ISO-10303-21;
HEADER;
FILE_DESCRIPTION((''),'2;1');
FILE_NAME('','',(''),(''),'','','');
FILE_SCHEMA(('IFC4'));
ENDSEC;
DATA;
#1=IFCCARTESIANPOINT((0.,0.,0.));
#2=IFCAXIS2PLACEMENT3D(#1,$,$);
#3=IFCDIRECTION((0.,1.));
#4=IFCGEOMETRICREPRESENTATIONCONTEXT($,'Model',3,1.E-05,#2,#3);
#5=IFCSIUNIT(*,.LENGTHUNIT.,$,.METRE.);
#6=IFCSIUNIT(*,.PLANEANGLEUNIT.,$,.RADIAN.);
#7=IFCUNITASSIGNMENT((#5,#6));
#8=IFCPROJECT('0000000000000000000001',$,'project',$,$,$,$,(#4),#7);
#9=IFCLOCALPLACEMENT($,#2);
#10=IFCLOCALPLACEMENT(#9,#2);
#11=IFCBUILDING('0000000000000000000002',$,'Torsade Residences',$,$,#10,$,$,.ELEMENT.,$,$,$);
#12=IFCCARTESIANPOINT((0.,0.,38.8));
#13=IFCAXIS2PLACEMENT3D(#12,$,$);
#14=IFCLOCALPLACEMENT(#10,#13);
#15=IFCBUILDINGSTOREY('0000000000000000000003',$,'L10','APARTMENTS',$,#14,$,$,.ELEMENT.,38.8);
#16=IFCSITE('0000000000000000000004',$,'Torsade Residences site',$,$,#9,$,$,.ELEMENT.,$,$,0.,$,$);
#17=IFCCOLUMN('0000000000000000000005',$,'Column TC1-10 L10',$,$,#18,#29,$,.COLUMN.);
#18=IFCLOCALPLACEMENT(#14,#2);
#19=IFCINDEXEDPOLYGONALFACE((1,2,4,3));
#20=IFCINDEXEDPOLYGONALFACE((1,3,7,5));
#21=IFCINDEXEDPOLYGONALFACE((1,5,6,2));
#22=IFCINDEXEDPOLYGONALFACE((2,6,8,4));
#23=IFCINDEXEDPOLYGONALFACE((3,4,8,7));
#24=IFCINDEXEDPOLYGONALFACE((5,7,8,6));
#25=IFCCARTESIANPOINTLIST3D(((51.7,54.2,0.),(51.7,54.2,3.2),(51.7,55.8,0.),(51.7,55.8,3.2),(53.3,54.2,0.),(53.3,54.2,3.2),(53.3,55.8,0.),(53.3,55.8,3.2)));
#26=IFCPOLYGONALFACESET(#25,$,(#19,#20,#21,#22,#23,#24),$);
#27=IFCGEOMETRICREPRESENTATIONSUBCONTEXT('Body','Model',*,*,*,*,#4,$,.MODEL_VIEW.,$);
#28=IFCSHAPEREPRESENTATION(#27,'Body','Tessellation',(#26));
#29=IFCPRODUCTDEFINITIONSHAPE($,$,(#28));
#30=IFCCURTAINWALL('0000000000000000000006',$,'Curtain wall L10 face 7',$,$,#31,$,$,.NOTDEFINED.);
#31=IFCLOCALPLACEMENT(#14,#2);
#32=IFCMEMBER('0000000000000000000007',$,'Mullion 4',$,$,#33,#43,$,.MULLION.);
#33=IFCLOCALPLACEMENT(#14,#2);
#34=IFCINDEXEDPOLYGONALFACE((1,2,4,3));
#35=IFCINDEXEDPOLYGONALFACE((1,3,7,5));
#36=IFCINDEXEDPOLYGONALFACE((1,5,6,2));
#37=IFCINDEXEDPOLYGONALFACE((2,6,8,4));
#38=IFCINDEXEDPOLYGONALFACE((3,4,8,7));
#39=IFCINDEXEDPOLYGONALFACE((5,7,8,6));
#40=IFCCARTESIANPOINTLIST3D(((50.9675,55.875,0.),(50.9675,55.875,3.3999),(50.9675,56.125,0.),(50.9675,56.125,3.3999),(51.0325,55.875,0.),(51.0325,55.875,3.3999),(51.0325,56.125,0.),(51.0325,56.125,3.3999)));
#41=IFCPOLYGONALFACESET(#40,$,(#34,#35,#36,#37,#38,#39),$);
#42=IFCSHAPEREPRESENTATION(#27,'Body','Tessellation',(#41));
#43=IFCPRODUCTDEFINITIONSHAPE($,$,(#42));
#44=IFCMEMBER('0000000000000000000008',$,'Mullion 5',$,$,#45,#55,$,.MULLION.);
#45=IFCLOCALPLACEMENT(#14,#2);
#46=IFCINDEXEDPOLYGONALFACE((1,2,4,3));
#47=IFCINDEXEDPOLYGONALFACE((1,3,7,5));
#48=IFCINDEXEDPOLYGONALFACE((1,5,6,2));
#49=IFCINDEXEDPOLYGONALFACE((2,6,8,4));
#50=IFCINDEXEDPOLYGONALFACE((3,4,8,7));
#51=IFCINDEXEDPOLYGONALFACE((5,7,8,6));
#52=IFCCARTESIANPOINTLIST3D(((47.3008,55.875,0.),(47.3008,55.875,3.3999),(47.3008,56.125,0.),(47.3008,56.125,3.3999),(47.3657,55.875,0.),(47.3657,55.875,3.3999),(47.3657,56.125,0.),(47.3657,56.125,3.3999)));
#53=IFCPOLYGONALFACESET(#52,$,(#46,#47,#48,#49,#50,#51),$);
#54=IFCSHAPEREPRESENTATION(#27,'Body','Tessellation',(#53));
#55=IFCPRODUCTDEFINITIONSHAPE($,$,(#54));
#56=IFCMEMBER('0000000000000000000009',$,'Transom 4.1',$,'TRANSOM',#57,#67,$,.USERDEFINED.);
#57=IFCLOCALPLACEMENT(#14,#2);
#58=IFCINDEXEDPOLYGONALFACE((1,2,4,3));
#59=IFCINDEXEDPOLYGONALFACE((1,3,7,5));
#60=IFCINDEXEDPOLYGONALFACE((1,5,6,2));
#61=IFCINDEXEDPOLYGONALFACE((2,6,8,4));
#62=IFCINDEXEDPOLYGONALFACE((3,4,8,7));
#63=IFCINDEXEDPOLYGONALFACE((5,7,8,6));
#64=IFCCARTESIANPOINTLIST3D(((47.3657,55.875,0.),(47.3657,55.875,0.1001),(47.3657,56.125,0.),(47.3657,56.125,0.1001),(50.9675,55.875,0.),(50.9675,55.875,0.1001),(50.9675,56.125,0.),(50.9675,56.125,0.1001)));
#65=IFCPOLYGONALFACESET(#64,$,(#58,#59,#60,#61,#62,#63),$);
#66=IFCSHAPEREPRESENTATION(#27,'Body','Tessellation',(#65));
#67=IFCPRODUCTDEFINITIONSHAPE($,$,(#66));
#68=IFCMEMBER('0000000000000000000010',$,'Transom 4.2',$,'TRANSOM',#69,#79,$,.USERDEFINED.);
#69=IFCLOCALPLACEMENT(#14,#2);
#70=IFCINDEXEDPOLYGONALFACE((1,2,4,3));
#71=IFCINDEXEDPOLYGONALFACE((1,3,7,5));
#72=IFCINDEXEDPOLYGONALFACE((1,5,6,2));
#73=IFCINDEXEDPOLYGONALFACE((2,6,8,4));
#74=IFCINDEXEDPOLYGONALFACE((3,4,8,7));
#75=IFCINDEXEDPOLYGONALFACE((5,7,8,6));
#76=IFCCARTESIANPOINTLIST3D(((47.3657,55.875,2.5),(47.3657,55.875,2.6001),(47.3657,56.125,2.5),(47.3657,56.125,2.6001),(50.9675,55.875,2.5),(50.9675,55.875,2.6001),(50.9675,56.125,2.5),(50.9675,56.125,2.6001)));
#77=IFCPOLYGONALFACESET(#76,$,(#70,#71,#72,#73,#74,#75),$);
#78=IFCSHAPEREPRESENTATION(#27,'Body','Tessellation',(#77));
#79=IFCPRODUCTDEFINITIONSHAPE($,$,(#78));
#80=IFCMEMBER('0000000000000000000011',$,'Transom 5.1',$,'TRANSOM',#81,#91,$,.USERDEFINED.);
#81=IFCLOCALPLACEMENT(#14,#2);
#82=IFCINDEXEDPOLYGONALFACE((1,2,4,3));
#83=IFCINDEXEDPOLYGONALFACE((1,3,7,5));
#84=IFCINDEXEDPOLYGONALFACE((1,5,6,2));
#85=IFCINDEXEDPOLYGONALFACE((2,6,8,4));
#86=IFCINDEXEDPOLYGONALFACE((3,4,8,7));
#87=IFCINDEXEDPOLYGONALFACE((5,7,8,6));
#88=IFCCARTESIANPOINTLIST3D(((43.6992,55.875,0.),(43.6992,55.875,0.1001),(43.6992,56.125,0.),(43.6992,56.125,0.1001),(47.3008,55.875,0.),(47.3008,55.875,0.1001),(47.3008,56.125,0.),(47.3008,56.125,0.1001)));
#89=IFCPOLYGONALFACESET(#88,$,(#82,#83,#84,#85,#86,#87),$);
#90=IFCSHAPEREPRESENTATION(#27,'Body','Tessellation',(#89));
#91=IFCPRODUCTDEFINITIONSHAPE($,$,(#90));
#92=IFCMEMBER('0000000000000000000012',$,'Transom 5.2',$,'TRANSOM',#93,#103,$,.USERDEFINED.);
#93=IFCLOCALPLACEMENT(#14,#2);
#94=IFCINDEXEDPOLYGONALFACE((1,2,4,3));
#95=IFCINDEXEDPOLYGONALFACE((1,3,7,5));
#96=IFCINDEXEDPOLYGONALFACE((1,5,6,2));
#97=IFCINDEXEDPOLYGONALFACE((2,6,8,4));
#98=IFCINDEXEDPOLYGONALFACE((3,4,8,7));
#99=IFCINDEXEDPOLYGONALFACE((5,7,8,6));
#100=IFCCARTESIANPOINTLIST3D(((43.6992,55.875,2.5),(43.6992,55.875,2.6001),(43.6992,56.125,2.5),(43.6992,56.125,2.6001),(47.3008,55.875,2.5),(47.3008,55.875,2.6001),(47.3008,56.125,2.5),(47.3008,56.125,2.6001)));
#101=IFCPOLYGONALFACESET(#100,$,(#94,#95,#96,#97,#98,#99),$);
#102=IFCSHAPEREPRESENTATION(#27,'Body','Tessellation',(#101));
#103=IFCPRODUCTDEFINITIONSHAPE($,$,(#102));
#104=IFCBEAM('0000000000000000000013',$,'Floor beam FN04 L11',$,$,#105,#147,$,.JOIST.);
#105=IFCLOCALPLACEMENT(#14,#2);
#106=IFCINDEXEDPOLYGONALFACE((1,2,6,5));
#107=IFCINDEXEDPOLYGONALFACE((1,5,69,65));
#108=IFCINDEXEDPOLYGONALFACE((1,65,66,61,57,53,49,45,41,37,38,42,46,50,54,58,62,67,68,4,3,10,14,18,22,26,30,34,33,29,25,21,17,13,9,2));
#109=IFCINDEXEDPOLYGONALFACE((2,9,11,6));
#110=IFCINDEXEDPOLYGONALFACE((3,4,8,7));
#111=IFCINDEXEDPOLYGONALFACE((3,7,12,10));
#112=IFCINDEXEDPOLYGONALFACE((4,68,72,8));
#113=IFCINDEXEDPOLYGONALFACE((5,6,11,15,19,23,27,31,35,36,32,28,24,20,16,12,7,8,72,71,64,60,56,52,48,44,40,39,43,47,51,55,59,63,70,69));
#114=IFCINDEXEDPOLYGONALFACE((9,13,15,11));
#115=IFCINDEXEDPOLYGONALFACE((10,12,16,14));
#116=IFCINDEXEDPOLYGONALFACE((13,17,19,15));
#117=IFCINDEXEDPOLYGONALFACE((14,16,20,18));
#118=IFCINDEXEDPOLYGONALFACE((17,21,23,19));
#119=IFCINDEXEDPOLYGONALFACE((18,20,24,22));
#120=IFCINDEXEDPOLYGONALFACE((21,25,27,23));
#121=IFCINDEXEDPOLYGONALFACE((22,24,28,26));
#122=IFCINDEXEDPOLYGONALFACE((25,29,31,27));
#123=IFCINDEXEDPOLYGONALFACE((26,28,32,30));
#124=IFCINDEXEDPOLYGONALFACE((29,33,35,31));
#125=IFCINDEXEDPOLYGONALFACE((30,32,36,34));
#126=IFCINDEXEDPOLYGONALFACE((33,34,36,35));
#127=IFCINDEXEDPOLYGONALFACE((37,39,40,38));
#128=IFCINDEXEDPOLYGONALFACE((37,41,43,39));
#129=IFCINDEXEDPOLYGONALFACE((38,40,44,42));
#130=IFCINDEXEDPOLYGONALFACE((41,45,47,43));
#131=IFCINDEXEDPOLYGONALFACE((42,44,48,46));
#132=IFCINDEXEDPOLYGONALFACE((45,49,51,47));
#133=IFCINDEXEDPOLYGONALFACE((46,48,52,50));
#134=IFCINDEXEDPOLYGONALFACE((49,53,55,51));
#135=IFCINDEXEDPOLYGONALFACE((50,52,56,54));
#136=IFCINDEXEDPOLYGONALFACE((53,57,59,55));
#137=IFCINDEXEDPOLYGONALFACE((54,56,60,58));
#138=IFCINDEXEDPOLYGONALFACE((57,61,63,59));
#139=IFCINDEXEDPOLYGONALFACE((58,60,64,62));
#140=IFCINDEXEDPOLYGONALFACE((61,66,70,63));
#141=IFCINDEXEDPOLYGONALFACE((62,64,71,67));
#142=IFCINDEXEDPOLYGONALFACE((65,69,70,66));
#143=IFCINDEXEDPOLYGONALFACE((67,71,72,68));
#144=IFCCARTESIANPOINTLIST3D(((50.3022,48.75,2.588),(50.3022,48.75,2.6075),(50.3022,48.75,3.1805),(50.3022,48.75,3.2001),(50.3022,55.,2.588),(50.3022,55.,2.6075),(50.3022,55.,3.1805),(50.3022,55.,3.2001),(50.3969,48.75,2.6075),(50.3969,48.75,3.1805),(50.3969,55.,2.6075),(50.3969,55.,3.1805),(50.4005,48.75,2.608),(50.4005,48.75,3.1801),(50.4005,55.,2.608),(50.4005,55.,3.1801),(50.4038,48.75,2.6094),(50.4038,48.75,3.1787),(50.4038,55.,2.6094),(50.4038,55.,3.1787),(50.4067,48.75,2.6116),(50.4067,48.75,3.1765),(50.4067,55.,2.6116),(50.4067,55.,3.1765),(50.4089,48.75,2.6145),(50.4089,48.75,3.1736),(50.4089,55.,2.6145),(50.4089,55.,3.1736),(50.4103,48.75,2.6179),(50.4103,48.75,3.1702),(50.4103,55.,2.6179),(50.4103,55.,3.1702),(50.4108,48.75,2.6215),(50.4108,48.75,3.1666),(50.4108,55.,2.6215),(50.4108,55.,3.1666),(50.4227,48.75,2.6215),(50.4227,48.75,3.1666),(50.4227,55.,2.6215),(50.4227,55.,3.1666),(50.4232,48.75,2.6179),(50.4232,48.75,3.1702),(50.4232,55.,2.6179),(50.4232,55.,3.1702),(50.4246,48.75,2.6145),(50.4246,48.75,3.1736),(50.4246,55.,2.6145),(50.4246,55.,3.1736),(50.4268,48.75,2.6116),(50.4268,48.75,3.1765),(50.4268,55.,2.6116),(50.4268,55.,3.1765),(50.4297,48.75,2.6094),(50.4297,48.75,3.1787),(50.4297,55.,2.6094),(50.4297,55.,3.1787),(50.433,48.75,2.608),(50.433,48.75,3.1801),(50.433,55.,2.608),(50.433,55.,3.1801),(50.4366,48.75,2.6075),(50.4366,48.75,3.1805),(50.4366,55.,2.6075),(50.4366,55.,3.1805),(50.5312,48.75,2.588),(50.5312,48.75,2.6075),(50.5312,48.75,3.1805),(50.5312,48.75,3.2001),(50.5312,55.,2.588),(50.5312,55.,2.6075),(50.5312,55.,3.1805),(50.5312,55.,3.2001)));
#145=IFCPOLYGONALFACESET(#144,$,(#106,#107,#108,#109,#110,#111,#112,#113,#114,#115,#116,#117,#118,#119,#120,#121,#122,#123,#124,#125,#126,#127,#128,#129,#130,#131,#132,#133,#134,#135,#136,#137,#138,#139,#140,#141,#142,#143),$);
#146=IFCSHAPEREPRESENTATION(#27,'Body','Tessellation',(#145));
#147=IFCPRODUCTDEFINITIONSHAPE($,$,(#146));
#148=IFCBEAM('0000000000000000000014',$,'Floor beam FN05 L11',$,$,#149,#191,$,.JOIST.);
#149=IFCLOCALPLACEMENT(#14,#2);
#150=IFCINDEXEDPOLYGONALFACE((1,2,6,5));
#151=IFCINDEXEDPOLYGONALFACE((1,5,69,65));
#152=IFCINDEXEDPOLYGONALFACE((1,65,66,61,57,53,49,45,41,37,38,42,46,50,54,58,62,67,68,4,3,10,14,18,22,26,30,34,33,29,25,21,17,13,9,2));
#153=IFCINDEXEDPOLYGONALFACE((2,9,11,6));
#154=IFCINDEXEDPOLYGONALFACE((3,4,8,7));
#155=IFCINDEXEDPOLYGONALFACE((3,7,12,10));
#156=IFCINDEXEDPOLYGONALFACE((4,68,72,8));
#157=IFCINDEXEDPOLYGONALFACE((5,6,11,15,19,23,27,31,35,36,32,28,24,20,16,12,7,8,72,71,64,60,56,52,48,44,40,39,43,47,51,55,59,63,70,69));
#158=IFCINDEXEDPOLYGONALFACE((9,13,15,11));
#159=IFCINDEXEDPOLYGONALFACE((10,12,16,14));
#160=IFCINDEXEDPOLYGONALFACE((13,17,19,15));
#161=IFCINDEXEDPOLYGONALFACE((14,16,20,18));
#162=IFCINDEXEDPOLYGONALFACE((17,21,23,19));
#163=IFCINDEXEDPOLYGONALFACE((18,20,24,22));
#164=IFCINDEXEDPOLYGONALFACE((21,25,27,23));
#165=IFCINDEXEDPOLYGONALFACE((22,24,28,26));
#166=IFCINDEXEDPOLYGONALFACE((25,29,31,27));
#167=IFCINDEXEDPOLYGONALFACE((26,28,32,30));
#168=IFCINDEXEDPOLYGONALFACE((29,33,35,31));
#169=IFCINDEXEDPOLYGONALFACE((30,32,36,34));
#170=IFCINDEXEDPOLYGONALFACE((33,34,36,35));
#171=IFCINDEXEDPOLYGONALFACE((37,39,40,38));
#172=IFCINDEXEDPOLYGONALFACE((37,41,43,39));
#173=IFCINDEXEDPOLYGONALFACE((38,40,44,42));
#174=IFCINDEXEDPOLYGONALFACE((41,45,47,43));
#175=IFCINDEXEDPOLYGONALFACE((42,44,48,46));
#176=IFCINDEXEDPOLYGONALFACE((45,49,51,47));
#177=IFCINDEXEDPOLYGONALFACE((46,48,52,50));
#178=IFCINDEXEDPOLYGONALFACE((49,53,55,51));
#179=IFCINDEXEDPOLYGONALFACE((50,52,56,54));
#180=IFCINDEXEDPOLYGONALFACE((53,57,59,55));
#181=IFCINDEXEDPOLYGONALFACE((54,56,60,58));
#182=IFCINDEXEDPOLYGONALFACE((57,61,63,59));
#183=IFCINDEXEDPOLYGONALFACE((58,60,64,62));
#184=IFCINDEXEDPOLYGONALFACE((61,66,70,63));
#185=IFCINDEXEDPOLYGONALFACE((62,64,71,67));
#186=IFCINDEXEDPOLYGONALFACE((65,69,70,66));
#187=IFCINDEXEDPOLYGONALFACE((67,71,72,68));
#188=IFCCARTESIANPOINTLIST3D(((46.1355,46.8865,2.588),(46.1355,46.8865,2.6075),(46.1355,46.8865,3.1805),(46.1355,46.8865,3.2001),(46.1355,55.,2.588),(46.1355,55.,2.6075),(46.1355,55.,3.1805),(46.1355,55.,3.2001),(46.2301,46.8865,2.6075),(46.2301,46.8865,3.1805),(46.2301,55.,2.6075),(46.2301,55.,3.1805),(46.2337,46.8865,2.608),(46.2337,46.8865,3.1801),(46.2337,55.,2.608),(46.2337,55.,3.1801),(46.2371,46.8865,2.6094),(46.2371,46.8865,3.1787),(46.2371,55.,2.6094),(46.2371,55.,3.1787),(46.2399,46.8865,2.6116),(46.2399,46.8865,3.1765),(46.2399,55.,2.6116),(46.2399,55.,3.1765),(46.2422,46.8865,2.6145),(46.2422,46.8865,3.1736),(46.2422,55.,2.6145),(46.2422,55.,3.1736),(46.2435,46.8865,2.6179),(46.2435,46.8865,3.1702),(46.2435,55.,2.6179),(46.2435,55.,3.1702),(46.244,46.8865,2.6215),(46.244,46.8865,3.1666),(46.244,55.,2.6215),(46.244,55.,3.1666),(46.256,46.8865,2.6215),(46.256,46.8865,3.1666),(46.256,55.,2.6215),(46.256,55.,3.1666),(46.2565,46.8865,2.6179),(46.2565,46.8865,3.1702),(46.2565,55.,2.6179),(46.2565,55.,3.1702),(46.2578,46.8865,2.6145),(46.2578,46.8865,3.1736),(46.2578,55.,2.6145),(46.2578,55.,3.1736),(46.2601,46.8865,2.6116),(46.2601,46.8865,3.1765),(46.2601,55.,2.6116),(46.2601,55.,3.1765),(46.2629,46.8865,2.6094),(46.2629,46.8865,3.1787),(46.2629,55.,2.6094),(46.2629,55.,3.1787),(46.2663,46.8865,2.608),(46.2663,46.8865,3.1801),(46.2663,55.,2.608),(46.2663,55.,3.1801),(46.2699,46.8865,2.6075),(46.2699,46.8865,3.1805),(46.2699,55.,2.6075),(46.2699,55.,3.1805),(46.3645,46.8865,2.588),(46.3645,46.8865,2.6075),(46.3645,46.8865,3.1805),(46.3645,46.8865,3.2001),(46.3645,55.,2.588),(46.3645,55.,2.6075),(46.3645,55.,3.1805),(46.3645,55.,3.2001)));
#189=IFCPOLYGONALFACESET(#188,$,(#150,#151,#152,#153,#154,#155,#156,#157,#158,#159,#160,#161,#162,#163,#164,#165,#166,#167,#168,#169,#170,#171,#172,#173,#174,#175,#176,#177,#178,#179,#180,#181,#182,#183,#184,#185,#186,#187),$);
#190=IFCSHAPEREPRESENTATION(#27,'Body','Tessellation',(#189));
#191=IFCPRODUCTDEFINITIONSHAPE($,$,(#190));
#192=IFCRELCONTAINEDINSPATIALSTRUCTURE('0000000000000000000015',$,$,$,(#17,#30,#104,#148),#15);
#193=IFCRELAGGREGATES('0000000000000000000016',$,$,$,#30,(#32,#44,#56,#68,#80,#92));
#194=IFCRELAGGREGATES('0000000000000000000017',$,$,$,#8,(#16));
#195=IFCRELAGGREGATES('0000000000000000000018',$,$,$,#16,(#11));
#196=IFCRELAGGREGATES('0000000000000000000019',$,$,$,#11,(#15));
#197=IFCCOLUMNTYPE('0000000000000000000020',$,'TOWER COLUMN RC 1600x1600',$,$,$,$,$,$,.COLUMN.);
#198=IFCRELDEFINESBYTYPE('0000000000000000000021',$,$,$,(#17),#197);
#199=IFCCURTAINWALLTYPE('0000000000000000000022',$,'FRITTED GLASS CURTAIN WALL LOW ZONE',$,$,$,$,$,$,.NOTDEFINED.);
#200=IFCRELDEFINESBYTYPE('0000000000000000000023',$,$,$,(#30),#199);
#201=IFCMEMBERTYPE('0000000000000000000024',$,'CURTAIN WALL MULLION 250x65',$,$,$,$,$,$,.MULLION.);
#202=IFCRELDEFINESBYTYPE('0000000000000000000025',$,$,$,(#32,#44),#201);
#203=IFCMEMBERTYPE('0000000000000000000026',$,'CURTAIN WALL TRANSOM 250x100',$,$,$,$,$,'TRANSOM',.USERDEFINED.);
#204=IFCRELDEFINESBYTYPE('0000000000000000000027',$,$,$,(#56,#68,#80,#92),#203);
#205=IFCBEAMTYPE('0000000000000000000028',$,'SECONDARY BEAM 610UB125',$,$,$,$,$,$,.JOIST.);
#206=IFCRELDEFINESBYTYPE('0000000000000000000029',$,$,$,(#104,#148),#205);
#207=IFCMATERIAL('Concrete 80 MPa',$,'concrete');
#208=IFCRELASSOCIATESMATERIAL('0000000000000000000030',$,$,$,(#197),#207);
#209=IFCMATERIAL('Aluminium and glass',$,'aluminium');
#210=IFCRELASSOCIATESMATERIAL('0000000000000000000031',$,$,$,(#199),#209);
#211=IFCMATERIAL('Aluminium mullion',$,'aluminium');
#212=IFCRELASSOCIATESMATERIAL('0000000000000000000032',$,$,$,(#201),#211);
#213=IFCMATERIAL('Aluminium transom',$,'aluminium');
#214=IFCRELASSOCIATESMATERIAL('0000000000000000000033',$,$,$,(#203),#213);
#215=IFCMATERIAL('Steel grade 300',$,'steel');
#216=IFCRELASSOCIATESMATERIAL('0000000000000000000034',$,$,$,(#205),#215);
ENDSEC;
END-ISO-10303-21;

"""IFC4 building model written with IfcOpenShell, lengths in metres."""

from ifc_helpers import new_model, si_unit, direction, frame, origin, origin_2d, place, context, subcontext, project, spatial, rectangle, i_section, extrude, material, material_profile, profile_set, type_object, element, aggregate, save


model = new_model("IFC4")

# Units and contexts
model_context = context("Model", 3, precision=1e-05, world=origin(), true_north=direction((0.0, 1.0)))
body_context = subcontext(model_context, "Body", "Model", "MODEL_VIEW")
ifc_project = project(units=[si_unit("LENGTHUNIT", "METRE"), si_unit("PLANEANGLEUNIT", "RADIAN")], contexts=[model_context])

# Site, building, storey
site_placement = place(None, origin())
site = spatial("IfcSite", under=ifc_project, at=site_placement, Name="Torsade Residences site", CompositionType="ELEMENT", RefElevation=0.0)
building_placement = place(site_placement, origin())
building = spatial("IfcBuilding", under=site, at=building_placement, Name="Torsade Residences", CompositionType="ELEMENT")
storey_placement = place(building_placement, frame((0.0, 0.0, 38.8)))
storey = spatial("IfcBuildingStorey", under=building, at=storey_placement, Name="L10", Description="APARTMENTS", CompositionType="ELEMENT", Elevation=38.8)

# Column
ifc_material_1 = material(Name="Concrete 80 MPa", Category="concrete")
ifc_material_profile_1 = material_profile(ifc_material_1, rectangle(XDim=1.6001, YDim=1.6001, at=origin_2d()), Name="RC 1600x1600")
ifc_profile_set_1 = profile_set([ifc_material_profile_1], Name="Concrete 80 MPa")
column_type = type_object("IfcColumnType", Name="TOWER COLUMN RC 1600x1600", PredefinedType="COLUMN", material=ifc_profile_set_1)
column_placement = place(storey_placement, frame((52.5, 55.0, 0.0), z_axis=(0.0, 0.0, 1.0), x_axis=(1.0, 0.0, 0.0)))
element("IfcColumn", 1, at=column_placement, inside=storey, type_object=column_type, Name="Column TC1-10 L10", PredefinedType="COLUMN", context=body_context, shape_type="SweptSolid", body=[
    extrude(rectangle(XDim=1.6001, YDim=1.6001, at=origin_2d()), origin(), (0.0, 0.0, 1.0), 3.2),
])

# Curtain wall, members
ifc_material_2 = material(Name="Aluminium and glass", Category="aluminium")
curtain_wall_type = type_object("IfcCurtainWallType", Name="FRITTED GLASS CURTAIN WALL LOW ZONE", PredefinedType="NOTDEFINED", material=ifc_material_2)
curtain_wall_placement = place(storey_placement, origin())
curtain_wall = element("IfcCurtainWall", 2, at=curtain_wall_placement, inside=storey, type_object=curtain_wall_type, Name="Curtain wall L10 face 7", PredefinedType="NOTDEFINED")
ifc_material_3 = material(Name="Aluminium mullion", Category="aluminium")
ifc_material_profile_2 = material_profile(ifc_material_3, rectangle(XDim=0.25, YDim=0.0649, at=origin_2d()), Name="CURTAIN WALL MULLION 250x65")
ifc_profile_set_2 = profile_set([ifc_material_profile_2], Name="Aluminium mullion")
member_type_1 = type_object("IfcMemberType", Name="CURTAIN WALL MULLION 250x65", PredefinedType="MULLION", material=ifc_profile_set_2)
member_1_placement = place(storey_placement, frame((51.0, 56.0, 0.0), z_axis=(0.0, 0.0, 1.0), x_axis=(0.0, -1.0, 0.0)))
member_1 = element("IfcMember", 3, at=member_1_placement, type_object=member_type_1, Name="Mullion 4", PredefinedType="MULLION", context=body_context, shape_type="SweptSolid", body=[
    extrude(rectangle(XDim=0.25, YDim=0.0649, at=origin_2d()), origin(), (0.0, 0.0, 1.0), 3.3999),
])
member_2_placement = place(storey_placement, frame((47.3333, 56.0, 0.0), z_axis=(0.0, 0.0, 1.0), x_axis=(0.0, -1.0, 0.0)))
member_2 = element("IfcMember", 4, at=member_2_placement, type_object=member_type_1, Name="Mullion 5", PredefinedType="MULLION", context=body_context, shape_type="SweptSolid", body=[
    extrude(rectangle(XDim=0.25, YDim=0.0649, at=origin_2d()), origin(), (0.0, 0.0, 1.0), 3.3999),
])
ifc_material_4 = material(Name="Aluminium transom", Category="aluminium")
ifc_material_profile_3 = material_profile(ifc_material_4, rectangle(XDim=0.25, YDim=0.1001, at=origin_2d()), Name="CURTAIN WALL TRANSOM 250x100")
ifc_profile_set_3 = profile_set([ifc_material_profile_3], Name="Aluminium transom")
member_type_2 = type_object("IfcMemberType", Name="CURTAIN WALL TRANSOM 250x100", ElementType="TRANSOM", PredefinedType="USERDEFINED", material=ifc_profile_set_3)
member_3_placement = place(storey_placement, frame((50.9675, 56.0, 0.05), z_axis=(-1.0, 0.0, 0.0), x_axis=(0.0, -1.0, 0.0)))
member_3 = element("IfcMember", 5, at=member_3_placement, type_object=member_type_2, Name="Transom 4.1", ObjectType="TRANSOM", PredefinedType="USERDEFINED", context=body_context, shape_type="SweptSolid", body=[
    extrude(rectangle(XDim=0.25, YDim=0.1001, at=origin_2d()), origin(), (0.0, 0.0, 1.0), 3.6018),
])
member_4_placement = place(storey_placement, frame((50.9675, 56.0, 2.55), z_axis=(-1.0, 0.0, 0.0), x_axis=(0.0, -1.0, 0.0)))
member_4 = element("IfcMember", 6, at=member_4_placement, type_object=member_type_2, Name="Transom 4.2", ObjectType="TRANSOM", PredefinedType="USERDEFINED", context=body_context, shape_type="SweptSolid", body=[
    extrude(rectangle(XDim=0.25, YDim=0.1001, at=origin_2d()), origin(), (0.0, 0.0, 1.0), 3.6018),
])
member_5_placement = place(storey_placement, frame((47.3008, 56.0, 0.05), z_axis=(-1.0, 0.0, 0.0), x_axis=(0.0, -1.0, 0.0)))
member_5 = element("IfcMember", 7, at=member_5_placement, type_object=member_type_2, Name="Transom 5.1", ObjectType="TRANSOM", PredefinedType="USERDEFINED", context=body_context, shape_type="SweptSolid", body=[
    extrude(rectangle(XDim=0.25, YDim=0.1001, at=origin_2d()), origin(), (0.0, 0.0, 1.0), 3.6016),
])
member_6_placement = place(storey_placement, frame((47.3008, 56.0, 2.55), z_axis=(-1.0, 0.0, 0.0), x_axis=(0.0, -1.0, 0.0)))
member_6 = element("IfcMember", 8, at=member_6_placement, type_object=member_type_2, Name="Transom 5.2", ObjectType="TRANSOM", PredefinedType="USERDEFINED", context=body_context, shape_type="SweptSolid", body=[
    extrude(rectangle(XDim=0.25, YDim=0.1001, at=origin_2d()), origin(), (0.0, 0.0, 1.0), 3.6016),
])

# Beams
ifc_material_5 = material(Name="Steel grade 300", Category="steel")
ifc_material_profile_4 = material_profile(ifc_material_5, i_section(OverallWidth=0.229, OverallDepth=0.6121, WebThickness=0.012, FlangeThickness=0.0195, FilletRadius=0.0139, at=origin_2d()), Name="610UB125")
ifc_profile_set_4 = profile_set([ifc_material_profile_4], Name="Steel grade 300")
beam_type_1 = type_object("IfcBeamType", Name="SECONDARY BEAM 610UB125", PredefinedType="JOIST", material=ifc_profile_set_4)
beam_1_placement = place(storey_placement, frame((50.4167, 55.0, 2.894), z_axis=(0.0, -1.0, 0.0), x_axis=(1.0, 0.0, 0.0)))
element("IfcBeam", 9, at=beam_1_placement, inside=storey, type_object=beam_type_1, Name="Floor beam FN04 L11", PredefinedType="JOIST", context=body_context, shape_type="SweptSolid", body=[
    extrude(i_section(OverallWidth=0.229, OverallDepth=0.6121, WebThickness=0.012, FlangeThickness=0.0195, FilletRadius=0.0139, at=origin_2d()), origin(), (0.0, 0.0, 1.0), 6.25),
])
beam_2_placement = place(storey_placement, frame((46.25, 55.0, 2.894), z_axis=(0.0, -1.0, 0.0), x_axis=(1.0, 0.0, 0.0)))
element("IfcBeam", 10, at=beam_2_placement, inside=storey, type_object=beam_type_1, Name="Floor beam FN05 L11", PredefinedType="JOIST", context=body_context, shape_type="SweptSolid", body=[
    extrude(i_section(OverallWidth=0.229, OverallDepth=0.6121, WebThickness=0.012, FlangeThickness=0.0195, FilletRadius=0.0139, at=origin_2d()), origin(), (0.0, 0.0, 1.0), 8.1135),
])

aggregate(curtain_wall, [member_1, member_2, member_3, member_4, member_5, member_6])

save(model, "model.ifc")
